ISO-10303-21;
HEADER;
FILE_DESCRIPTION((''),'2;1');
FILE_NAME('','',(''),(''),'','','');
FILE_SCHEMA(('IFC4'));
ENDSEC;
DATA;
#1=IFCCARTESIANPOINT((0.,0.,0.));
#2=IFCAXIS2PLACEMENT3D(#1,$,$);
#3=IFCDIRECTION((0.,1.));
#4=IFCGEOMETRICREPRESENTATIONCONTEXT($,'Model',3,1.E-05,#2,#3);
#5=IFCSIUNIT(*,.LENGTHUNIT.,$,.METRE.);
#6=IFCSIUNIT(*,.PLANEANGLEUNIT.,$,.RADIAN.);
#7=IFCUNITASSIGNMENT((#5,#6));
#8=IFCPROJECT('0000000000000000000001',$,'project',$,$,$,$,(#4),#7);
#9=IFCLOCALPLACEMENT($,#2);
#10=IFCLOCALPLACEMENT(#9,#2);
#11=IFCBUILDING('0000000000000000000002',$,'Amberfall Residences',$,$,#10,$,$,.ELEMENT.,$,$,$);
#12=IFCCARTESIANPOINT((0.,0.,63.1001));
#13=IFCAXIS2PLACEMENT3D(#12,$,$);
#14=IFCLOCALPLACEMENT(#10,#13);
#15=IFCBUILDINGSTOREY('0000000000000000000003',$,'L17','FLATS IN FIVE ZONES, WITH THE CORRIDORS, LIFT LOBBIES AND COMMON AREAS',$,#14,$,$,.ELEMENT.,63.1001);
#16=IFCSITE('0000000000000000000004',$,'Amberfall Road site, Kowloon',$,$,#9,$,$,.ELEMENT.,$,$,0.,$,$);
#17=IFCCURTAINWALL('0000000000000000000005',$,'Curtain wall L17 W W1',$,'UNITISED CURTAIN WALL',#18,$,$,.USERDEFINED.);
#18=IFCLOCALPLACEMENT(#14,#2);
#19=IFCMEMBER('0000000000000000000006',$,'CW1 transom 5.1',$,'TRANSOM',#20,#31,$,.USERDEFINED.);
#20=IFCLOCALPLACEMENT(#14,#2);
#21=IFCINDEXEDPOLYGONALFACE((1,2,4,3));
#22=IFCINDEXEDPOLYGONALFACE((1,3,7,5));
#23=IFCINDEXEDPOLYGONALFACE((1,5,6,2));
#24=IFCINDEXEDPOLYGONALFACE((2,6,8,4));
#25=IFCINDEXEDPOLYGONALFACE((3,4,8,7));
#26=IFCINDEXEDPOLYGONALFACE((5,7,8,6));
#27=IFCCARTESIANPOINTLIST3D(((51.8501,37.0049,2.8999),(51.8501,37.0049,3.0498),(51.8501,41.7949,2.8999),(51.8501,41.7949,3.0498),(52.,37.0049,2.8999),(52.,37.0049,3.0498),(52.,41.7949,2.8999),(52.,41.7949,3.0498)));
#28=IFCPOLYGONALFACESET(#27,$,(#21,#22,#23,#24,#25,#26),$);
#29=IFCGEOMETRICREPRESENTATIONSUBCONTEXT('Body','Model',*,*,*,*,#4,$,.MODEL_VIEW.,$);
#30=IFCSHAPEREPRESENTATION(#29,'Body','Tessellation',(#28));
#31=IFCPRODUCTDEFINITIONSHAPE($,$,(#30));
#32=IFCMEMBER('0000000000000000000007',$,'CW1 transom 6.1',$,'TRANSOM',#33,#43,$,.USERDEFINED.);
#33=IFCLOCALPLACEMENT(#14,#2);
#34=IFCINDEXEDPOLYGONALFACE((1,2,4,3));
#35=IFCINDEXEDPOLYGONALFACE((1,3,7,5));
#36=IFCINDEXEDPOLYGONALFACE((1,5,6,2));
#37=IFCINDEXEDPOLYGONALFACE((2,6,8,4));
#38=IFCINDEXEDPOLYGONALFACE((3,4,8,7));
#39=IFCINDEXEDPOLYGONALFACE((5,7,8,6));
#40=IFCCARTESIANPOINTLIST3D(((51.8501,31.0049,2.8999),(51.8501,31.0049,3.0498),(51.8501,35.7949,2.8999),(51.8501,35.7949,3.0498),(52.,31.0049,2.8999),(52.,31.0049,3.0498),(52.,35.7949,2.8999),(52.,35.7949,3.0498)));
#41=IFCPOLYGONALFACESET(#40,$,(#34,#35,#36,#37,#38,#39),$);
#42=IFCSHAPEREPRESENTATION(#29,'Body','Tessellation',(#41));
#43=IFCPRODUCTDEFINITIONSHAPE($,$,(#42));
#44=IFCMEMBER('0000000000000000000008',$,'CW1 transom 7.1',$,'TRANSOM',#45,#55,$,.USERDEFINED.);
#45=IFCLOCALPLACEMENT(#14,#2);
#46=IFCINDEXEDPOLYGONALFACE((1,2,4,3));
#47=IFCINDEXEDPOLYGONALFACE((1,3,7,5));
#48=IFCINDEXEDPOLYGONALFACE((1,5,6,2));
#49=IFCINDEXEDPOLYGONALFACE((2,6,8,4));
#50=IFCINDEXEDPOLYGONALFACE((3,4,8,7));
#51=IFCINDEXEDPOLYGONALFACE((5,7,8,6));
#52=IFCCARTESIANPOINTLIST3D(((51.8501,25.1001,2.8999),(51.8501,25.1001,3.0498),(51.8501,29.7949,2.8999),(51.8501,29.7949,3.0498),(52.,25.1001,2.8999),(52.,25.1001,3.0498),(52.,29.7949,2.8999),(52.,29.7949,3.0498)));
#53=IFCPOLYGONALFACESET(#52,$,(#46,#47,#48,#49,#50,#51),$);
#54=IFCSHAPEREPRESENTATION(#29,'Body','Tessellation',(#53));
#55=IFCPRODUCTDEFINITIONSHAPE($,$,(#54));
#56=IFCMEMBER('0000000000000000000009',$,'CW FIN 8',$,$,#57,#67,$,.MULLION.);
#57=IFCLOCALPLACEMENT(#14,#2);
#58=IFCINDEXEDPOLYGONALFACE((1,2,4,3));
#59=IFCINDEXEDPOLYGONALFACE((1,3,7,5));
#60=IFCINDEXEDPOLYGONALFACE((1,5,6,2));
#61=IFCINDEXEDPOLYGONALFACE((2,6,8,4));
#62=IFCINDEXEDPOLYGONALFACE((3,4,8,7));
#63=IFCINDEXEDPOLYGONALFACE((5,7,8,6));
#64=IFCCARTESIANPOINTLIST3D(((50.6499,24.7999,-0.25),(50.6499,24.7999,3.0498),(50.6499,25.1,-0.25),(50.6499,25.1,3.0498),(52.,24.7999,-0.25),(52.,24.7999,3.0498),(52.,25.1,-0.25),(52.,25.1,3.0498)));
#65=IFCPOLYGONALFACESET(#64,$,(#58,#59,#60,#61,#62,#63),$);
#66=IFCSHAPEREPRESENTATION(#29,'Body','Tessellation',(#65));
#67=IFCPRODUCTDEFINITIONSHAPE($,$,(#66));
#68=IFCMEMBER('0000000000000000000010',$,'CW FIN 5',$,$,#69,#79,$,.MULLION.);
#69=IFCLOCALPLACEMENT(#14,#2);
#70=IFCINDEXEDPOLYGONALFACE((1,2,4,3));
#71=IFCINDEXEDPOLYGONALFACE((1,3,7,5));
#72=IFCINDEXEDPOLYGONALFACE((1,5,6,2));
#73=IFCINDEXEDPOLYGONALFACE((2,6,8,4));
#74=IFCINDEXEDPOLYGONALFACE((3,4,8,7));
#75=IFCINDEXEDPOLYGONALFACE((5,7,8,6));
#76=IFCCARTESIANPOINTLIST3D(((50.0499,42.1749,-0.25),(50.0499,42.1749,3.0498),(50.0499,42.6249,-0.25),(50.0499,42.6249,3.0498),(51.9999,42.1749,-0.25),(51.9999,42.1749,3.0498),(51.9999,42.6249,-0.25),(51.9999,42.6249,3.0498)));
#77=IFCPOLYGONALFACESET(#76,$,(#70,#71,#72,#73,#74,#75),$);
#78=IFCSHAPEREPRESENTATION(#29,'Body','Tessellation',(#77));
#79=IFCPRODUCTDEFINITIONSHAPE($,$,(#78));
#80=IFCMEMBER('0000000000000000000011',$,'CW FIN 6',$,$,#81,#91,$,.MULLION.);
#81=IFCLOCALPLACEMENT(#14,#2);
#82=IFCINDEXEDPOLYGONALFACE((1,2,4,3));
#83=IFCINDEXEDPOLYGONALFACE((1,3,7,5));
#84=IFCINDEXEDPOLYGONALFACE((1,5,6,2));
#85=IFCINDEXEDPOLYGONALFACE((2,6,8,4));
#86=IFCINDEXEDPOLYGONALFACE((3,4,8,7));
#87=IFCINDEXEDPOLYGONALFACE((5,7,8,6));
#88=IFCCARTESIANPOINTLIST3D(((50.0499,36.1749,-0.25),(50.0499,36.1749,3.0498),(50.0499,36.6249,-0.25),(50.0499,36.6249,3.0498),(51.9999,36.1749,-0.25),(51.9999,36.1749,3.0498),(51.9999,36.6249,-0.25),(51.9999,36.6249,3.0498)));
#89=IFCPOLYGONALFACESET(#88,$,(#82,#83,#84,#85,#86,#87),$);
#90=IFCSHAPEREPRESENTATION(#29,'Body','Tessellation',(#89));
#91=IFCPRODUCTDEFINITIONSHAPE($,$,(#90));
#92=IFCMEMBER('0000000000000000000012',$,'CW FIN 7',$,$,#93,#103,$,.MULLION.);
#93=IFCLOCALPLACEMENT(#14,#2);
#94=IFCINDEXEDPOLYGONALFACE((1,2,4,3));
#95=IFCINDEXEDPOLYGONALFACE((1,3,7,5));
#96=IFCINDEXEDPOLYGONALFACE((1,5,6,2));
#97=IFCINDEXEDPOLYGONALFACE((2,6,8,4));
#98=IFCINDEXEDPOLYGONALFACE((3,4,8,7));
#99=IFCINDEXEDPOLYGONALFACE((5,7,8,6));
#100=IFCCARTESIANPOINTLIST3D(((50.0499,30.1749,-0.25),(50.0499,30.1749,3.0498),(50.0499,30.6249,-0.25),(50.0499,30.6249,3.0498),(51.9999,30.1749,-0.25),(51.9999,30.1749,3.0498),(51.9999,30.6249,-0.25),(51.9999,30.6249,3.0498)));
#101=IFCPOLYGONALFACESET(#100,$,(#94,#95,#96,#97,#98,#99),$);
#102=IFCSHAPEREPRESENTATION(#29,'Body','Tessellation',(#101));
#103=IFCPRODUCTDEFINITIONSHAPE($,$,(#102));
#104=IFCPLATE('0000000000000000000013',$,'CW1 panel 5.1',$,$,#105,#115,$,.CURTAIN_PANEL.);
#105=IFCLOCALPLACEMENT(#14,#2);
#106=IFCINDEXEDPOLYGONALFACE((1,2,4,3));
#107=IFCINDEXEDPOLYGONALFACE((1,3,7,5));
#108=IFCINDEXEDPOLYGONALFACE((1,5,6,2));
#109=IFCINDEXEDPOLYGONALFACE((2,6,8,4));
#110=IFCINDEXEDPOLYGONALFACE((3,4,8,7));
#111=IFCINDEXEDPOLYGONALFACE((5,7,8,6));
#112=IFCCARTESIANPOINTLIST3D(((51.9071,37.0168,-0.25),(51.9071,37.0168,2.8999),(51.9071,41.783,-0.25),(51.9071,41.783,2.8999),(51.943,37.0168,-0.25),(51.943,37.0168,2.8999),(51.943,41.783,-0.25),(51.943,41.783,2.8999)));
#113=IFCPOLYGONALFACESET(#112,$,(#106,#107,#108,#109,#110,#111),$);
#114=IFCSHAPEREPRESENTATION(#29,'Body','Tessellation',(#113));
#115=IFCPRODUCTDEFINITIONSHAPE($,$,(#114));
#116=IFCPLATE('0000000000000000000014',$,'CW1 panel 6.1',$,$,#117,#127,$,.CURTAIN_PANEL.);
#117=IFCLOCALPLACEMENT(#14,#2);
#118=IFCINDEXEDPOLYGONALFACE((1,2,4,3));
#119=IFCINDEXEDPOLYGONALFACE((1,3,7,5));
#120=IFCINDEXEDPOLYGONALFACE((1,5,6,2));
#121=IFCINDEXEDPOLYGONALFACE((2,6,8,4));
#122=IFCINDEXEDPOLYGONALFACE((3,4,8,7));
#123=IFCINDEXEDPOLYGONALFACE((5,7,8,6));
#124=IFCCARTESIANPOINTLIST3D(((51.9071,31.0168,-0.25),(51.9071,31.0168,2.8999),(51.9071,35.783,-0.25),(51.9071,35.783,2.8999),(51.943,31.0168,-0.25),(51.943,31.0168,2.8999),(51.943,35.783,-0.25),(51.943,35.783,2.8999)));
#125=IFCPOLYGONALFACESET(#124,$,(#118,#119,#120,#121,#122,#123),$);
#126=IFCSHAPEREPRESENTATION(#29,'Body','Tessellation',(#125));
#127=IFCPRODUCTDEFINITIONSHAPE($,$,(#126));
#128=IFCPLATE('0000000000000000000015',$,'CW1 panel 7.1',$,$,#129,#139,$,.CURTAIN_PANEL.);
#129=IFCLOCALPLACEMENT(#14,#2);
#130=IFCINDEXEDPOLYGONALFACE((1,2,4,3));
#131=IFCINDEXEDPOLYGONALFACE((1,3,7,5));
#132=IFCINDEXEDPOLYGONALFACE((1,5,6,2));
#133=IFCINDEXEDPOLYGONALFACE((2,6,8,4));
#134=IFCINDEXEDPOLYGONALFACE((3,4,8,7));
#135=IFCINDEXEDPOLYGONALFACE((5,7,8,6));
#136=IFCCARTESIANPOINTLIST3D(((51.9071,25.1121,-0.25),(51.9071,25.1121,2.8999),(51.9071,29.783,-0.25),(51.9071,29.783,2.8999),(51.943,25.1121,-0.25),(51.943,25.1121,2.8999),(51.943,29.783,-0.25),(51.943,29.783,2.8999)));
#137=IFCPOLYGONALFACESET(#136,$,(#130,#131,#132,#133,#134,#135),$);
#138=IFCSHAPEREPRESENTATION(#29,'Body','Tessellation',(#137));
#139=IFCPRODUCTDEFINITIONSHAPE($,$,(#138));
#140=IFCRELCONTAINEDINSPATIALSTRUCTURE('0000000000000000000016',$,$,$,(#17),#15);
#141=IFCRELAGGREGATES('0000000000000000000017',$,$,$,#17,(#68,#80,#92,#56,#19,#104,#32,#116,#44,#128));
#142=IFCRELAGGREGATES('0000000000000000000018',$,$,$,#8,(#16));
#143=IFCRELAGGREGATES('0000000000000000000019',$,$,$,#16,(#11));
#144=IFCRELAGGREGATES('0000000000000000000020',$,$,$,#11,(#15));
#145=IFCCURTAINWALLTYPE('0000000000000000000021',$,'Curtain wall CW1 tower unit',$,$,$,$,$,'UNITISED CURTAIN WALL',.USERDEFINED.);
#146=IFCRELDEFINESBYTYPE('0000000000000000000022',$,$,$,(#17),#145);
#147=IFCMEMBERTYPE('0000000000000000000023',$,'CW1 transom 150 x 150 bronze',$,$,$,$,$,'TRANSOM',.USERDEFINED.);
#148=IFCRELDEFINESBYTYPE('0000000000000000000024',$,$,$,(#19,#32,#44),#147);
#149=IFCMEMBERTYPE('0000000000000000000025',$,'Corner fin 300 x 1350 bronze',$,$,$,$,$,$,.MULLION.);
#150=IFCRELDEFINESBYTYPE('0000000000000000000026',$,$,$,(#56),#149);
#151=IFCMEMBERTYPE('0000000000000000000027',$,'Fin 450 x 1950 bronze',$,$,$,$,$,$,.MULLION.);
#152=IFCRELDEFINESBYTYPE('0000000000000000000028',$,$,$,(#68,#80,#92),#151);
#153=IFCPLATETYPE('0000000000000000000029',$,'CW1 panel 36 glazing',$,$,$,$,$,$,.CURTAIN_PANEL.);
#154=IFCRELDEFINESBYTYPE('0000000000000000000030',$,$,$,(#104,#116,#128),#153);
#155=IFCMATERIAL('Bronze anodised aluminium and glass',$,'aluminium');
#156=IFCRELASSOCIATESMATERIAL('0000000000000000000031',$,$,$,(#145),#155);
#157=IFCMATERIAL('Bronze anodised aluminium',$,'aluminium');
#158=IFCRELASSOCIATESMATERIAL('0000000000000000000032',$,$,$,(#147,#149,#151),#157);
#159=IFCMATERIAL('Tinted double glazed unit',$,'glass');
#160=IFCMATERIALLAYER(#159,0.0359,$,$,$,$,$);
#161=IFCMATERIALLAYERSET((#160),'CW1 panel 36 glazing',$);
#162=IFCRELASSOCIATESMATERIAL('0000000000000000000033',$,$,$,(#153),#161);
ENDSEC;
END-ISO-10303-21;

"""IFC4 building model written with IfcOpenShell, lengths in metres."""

from ifc_helpers import new_model, si_unit, direction, frame, origin, origin_2d, place, context, subcontext, project, spatial, rectangle, extrude, material, layer, layer_set, material_profile, profile_set, type_object, element, aggregate, save


model = new_model("IFC4")

# Units and contexts
model_context = context("Model", 3, precision=1e-05, world=origin(), true_north=direction((0.0, 1.0)))
body_context = subcontext(model_context, "Body", "Model", "MODEL_VIEW")
ifc_project = project(units=[si_unit("LENGTHUNIT", "METRE"), si_unit("PLANEANGLEUNIT", "RADIAN")], contexts=[model_context])

# Site, building, storey
site_placement = place(None, origin())
site = spatial("IfcSite", under=ifc_project, at=site_placement, Name="Amberfall Road site, Kowloon", CompositionType="ELEMENT", RefElevation=0.0)
building_placement = place(site_placement, origin())
building = spatial("IfcBuilding", under=site, at=building_placement, Name="Amberfall Residences", CompositionType="ELEMENT")
storey_placement = place(building_placement, frame((0.0, 0.0, 63.1001)))
storey = spatial("IfcBuildingStorey", under=building, at=storey_placement, Name="L17", Description="FLATS IN FIVE ZONES, WITH THE CORRIDORS, LIFT LOBBIES AND COMMON AREAS", CompositionType="ELEMENT", Elevation=63.1001)

# Curtain wall, members, plates
ifc_material_1 = material(Name="Bronze anodised aluminium and glass", Category="aluminium")
curtain_wall_type = type_object("IfcCurtainWallType", Name="Curtain wall CW1 tower unit", ElementType="UNITISED CURTAIN WALL", PredefinedType="USERDEFINED", material=ifc_material_1)
curtain_wall_placement = place(storey_placement, origin())
curtain_wall = element("IfcCurtainWall", 1, at=curtain_wall_placement, inside=storey, type_object=curtain_wall_type, Name="Curtain wall L17 W W1", ObjectType="UNITISED CURTAIN WALL", PredefinedType="USERDEFINED")
ifc_material_2 = material(Name="Bronze anodised aluminium", Category="aluminium")
ifc_material_profile_1 = material_profile(ifc_material_2, rectangle(XDim=0.1499, YDim=0.1499, at=origin_2d()), Name="CW1 transom 150 x 150 bronze")
ifc_profile_set_1 = profile_set([ifc_material_profile_1], Name="Bronze anodised aluminium")
member_type_1 = type_object("IfcMemberType", Name="CW1 transom 150 x 150 bronze", ElementType="TRANSOM", PredefinedType="USERDEFINED", material=ifc_profile_set_1)
member_1_placement = place(storey_placement, frame((51.925, 41.7949, 2.9749), z_axis=(0.0, -1.0, 0.0), x_axis=(1.0, 0.0, 0.0)))
member_1 = element("IfcMember", 2, at=member_1_placement, type_object=member_type_1, Name="CW1 transom 5.1", ObjectType="TRANSOM", PredefinedType="USERDEFINED", context=body_context, shape_type="SweptSolid", body=[
    extrude(rectangle(XDim=0.1499, YDim=0.1499, at=origin_2d()), origin(), (0.0, 0.0, 1.0), 4.79),
])
member_2_placement = place(storey_placement, frame((51.925, 35.7949, 2.9749), z_axis=(0.0, -1.0, 0.0), x_axis=(1.0, 0.0, 0.0)))
member_2 = element("IfcMember", 3, at=member_2_placement, type_object=member_type_1, Name="CW1 transom 6.1", ObjectType="TRANSOM", PredefinedType="USERDEFINED", context=body_context, shape_type="SweptSolid", body=[
    extrude(rectangle(XDim=0.1499, YDim=0.1499, at=origin_2d()), origin(), (0.0, 0.0, 1.0), 4.79),
])
member_3_placement = place(storey_placement, frame((51.925, 29.7949, 2.9749), z_axis=(0.0, -1.0, 0.0), x_axis=(1.0, 0.0, 0.0)))
member_3 = element("IfcMember", 4, at=member_3_placement, type_object=member_type_1, Name="CW1 transom 7.1", ObjectType="TRANSOM", PredefinedType="USERDEFINED", context=body_context, shape_type="SweptSolid", body=[
    extrude(rectangle(XDim=0.1499, YDim=0.1499, at=origin_2d()), origin(), (0.0, 0.0, 1.0), 4.6948),
])
ifc_material_profile_2 = material_profile(ifc_material_2, rectangle(XDim=1.3501, YDim=0.3, at=origin_2d()), Name="Corner fin 300 x 1350 bronze")
ifc_profile_set_2 = profile_set([ifc_material_profile_2], Name="Bronze anodised aluminium")
member_type_2 = type_object("IfcMemberType", Name="Corner fin 300 x 1350 bronze", PredefinedType="MULLION", material=ifc_profile_set_2)
member_4_placement = place(storey_placement, frame((51.325, 24.95, -0.25), z_axis=(0.0, 0.0, 1.0), x_axis=(1.0, 0.0, 0.0)))
member_4 = element("IfcMember", 5, at=member_4_placement, type_object=member_type_2, Name="CW FIN 8", PredefinedType="MULLION", context=body_context, shape_type="SweptSolid", body=[
    extrude(rectangle(XDim=1.3501, YDim=0.3, at=origin_2d()), origin(), (0.0, 0.0, 1.0), 3.2998),
])
ifc_material_profile_3 = material_profile(ifc_material_2, rectangle(XDim=1.95, YDim=0.45, at=origin_2d()), Name="Fin 450 x 1950 bronze")
ifc_profile_set_3 = profile_set([ifc_material_profile_3], Name="Bronze anodised aluminium")
member_type_3 = type_object("IfcMemberType", Name="Fin 450 x 1950 bronze", PredefinedType="MULLION", material=ifc_profile_set_3)
member_5_placement = place(storey_placement, frame((51.0249, 42.3999, -0.25), z_axis=(0.0, 0.0, 1.0), x_axis=(1.0, 0.0, 0.0)))
member_5 = element("IfcMember", 6, at=member_5_placement, type_object=member_type_3, Name="CW FIN 5", PredefinedType="MULLION", context=body_context, shape_type="SweptSolid", body=[
    extrude(rectangle(XDim=1.95, YDim=0.45, at=origin_2d()), origin(), (0.0, 0.0, 1.0), 3.2998),
])
member_6_placement = place(storey_placement, frame((51.0249, 36.3999, -0.25), z_axis=(0.0, 0.0, 1.0), x_axis=(1.0, 0.0, 0.0)))
member_6 = element("IfcMember", 7, at=member_6_placement, type_object=member_type_3, Name="CW FIN 6", PredefinedType="MULLION", context=body_context, shape_type="SweptSolid", body=[
    extrude(rectangle(XDim=1.95, YDim=0.45, at=origin_2d()), origin(), (0.0, 0.0, 1.0), 3.2998),
])
member_7_placement = place(storey_placement, frame((51.0249, 30.3999, -0.25), z_axis=(0.0, 0.0, 1.0), x_axis=(1.0, 0.0, 0.0)))
member_7 = element("IfcMember", 8, at=member_7_placement, type_object=member_type_3, Name="CW FIN 7", PredefinedType="MULLION", context=body_context, shape_type="SweptSolid", body=[
    extrude(rectangle(XDim=1.95, YDim=0.45, at=origin_2d()), origin(), (0.0, 0.0, 1.0), 3.2998),
])
ifc_material_3 = material(Name="Tinted double glazed unit", Category="glass")
ifc_layer_1 = layer(ifc_material_3, 0.0359)
ifc_layer_set_1 = layer_set([ifc_layer_1], Name="CW1 panel 36 glazing")
plate_type = type_object("IfcPlateType", Name="CW1 panel 36 glazing", PredefinedType="CURTAIN_PANEL", material=ifc_layer_set_1)
plate_1_placement = place(storey_placement, frame((51.925, 39.3999, -0.25), z_axis=(0.0, 0.0, 1.0), x_axis=(0.0, -1.0, 0.0)))
plate_1 = element("IfcPlate", 9, at=plate_1_placement, type_object=plate_type, Name="CW1 panel 5.1", PredefinedType="CURTAIN_PANEL", context=body_context, shape_type="SweptSolid", body=[
    extrude(rectangle(XDim=4.7661, YDim=0.0359, at=origin_2d()), origin(), (0.0, 0.0, 1.0), 3.1499),
])
plate_2_placement = place(storey_placement, frame((51.925, 33.3999, -0.25), z_axis=(0.0, 0.0, 1.0), x_axis=(0.0, -1.0, 0.0)))
plate_2 = element("IfcPlate", 10, at=plate_2_placement, type_object=plate_type, Name="CW1 panel 6.1", PredefinedType="CURTAIN_PANEL", context=body_context, shape_type="SweptSolid", body=[
    extrude(rectangle(XDim=4.7661, YDim=0.0359, at=origin_2d()), origin(), (0.0, 0.0, 1.0), 3.1499),
])
plate_3_placement = place(storey_placement, frame((51.925, 27.4475, -0.25), z_axis=(0.0, 0.0, 1.0), x_axis=(0.0, -1.0, 0.0)))
plate_3 = element("IfcPlate", 11, at=plate_3_placement, type_object=plate_type, Name="CW1 panel 7.1", PredefinedType="CURTAIN_PANEL", context=body_context, shape_type="SweptSolid", body=[
    extrude(rectangle(XDim=4.6709, YDim=0.0359, at=origin_2d()), origin(), (0.0, 0.0, 1.0), 3.1499),
])
aggregate(curtain_wall, [member_5, member_6, member_7, member_4, member_1, plate_1, member_2, plate_2, member_3, plate_3])

save(model, "model.ifc")
